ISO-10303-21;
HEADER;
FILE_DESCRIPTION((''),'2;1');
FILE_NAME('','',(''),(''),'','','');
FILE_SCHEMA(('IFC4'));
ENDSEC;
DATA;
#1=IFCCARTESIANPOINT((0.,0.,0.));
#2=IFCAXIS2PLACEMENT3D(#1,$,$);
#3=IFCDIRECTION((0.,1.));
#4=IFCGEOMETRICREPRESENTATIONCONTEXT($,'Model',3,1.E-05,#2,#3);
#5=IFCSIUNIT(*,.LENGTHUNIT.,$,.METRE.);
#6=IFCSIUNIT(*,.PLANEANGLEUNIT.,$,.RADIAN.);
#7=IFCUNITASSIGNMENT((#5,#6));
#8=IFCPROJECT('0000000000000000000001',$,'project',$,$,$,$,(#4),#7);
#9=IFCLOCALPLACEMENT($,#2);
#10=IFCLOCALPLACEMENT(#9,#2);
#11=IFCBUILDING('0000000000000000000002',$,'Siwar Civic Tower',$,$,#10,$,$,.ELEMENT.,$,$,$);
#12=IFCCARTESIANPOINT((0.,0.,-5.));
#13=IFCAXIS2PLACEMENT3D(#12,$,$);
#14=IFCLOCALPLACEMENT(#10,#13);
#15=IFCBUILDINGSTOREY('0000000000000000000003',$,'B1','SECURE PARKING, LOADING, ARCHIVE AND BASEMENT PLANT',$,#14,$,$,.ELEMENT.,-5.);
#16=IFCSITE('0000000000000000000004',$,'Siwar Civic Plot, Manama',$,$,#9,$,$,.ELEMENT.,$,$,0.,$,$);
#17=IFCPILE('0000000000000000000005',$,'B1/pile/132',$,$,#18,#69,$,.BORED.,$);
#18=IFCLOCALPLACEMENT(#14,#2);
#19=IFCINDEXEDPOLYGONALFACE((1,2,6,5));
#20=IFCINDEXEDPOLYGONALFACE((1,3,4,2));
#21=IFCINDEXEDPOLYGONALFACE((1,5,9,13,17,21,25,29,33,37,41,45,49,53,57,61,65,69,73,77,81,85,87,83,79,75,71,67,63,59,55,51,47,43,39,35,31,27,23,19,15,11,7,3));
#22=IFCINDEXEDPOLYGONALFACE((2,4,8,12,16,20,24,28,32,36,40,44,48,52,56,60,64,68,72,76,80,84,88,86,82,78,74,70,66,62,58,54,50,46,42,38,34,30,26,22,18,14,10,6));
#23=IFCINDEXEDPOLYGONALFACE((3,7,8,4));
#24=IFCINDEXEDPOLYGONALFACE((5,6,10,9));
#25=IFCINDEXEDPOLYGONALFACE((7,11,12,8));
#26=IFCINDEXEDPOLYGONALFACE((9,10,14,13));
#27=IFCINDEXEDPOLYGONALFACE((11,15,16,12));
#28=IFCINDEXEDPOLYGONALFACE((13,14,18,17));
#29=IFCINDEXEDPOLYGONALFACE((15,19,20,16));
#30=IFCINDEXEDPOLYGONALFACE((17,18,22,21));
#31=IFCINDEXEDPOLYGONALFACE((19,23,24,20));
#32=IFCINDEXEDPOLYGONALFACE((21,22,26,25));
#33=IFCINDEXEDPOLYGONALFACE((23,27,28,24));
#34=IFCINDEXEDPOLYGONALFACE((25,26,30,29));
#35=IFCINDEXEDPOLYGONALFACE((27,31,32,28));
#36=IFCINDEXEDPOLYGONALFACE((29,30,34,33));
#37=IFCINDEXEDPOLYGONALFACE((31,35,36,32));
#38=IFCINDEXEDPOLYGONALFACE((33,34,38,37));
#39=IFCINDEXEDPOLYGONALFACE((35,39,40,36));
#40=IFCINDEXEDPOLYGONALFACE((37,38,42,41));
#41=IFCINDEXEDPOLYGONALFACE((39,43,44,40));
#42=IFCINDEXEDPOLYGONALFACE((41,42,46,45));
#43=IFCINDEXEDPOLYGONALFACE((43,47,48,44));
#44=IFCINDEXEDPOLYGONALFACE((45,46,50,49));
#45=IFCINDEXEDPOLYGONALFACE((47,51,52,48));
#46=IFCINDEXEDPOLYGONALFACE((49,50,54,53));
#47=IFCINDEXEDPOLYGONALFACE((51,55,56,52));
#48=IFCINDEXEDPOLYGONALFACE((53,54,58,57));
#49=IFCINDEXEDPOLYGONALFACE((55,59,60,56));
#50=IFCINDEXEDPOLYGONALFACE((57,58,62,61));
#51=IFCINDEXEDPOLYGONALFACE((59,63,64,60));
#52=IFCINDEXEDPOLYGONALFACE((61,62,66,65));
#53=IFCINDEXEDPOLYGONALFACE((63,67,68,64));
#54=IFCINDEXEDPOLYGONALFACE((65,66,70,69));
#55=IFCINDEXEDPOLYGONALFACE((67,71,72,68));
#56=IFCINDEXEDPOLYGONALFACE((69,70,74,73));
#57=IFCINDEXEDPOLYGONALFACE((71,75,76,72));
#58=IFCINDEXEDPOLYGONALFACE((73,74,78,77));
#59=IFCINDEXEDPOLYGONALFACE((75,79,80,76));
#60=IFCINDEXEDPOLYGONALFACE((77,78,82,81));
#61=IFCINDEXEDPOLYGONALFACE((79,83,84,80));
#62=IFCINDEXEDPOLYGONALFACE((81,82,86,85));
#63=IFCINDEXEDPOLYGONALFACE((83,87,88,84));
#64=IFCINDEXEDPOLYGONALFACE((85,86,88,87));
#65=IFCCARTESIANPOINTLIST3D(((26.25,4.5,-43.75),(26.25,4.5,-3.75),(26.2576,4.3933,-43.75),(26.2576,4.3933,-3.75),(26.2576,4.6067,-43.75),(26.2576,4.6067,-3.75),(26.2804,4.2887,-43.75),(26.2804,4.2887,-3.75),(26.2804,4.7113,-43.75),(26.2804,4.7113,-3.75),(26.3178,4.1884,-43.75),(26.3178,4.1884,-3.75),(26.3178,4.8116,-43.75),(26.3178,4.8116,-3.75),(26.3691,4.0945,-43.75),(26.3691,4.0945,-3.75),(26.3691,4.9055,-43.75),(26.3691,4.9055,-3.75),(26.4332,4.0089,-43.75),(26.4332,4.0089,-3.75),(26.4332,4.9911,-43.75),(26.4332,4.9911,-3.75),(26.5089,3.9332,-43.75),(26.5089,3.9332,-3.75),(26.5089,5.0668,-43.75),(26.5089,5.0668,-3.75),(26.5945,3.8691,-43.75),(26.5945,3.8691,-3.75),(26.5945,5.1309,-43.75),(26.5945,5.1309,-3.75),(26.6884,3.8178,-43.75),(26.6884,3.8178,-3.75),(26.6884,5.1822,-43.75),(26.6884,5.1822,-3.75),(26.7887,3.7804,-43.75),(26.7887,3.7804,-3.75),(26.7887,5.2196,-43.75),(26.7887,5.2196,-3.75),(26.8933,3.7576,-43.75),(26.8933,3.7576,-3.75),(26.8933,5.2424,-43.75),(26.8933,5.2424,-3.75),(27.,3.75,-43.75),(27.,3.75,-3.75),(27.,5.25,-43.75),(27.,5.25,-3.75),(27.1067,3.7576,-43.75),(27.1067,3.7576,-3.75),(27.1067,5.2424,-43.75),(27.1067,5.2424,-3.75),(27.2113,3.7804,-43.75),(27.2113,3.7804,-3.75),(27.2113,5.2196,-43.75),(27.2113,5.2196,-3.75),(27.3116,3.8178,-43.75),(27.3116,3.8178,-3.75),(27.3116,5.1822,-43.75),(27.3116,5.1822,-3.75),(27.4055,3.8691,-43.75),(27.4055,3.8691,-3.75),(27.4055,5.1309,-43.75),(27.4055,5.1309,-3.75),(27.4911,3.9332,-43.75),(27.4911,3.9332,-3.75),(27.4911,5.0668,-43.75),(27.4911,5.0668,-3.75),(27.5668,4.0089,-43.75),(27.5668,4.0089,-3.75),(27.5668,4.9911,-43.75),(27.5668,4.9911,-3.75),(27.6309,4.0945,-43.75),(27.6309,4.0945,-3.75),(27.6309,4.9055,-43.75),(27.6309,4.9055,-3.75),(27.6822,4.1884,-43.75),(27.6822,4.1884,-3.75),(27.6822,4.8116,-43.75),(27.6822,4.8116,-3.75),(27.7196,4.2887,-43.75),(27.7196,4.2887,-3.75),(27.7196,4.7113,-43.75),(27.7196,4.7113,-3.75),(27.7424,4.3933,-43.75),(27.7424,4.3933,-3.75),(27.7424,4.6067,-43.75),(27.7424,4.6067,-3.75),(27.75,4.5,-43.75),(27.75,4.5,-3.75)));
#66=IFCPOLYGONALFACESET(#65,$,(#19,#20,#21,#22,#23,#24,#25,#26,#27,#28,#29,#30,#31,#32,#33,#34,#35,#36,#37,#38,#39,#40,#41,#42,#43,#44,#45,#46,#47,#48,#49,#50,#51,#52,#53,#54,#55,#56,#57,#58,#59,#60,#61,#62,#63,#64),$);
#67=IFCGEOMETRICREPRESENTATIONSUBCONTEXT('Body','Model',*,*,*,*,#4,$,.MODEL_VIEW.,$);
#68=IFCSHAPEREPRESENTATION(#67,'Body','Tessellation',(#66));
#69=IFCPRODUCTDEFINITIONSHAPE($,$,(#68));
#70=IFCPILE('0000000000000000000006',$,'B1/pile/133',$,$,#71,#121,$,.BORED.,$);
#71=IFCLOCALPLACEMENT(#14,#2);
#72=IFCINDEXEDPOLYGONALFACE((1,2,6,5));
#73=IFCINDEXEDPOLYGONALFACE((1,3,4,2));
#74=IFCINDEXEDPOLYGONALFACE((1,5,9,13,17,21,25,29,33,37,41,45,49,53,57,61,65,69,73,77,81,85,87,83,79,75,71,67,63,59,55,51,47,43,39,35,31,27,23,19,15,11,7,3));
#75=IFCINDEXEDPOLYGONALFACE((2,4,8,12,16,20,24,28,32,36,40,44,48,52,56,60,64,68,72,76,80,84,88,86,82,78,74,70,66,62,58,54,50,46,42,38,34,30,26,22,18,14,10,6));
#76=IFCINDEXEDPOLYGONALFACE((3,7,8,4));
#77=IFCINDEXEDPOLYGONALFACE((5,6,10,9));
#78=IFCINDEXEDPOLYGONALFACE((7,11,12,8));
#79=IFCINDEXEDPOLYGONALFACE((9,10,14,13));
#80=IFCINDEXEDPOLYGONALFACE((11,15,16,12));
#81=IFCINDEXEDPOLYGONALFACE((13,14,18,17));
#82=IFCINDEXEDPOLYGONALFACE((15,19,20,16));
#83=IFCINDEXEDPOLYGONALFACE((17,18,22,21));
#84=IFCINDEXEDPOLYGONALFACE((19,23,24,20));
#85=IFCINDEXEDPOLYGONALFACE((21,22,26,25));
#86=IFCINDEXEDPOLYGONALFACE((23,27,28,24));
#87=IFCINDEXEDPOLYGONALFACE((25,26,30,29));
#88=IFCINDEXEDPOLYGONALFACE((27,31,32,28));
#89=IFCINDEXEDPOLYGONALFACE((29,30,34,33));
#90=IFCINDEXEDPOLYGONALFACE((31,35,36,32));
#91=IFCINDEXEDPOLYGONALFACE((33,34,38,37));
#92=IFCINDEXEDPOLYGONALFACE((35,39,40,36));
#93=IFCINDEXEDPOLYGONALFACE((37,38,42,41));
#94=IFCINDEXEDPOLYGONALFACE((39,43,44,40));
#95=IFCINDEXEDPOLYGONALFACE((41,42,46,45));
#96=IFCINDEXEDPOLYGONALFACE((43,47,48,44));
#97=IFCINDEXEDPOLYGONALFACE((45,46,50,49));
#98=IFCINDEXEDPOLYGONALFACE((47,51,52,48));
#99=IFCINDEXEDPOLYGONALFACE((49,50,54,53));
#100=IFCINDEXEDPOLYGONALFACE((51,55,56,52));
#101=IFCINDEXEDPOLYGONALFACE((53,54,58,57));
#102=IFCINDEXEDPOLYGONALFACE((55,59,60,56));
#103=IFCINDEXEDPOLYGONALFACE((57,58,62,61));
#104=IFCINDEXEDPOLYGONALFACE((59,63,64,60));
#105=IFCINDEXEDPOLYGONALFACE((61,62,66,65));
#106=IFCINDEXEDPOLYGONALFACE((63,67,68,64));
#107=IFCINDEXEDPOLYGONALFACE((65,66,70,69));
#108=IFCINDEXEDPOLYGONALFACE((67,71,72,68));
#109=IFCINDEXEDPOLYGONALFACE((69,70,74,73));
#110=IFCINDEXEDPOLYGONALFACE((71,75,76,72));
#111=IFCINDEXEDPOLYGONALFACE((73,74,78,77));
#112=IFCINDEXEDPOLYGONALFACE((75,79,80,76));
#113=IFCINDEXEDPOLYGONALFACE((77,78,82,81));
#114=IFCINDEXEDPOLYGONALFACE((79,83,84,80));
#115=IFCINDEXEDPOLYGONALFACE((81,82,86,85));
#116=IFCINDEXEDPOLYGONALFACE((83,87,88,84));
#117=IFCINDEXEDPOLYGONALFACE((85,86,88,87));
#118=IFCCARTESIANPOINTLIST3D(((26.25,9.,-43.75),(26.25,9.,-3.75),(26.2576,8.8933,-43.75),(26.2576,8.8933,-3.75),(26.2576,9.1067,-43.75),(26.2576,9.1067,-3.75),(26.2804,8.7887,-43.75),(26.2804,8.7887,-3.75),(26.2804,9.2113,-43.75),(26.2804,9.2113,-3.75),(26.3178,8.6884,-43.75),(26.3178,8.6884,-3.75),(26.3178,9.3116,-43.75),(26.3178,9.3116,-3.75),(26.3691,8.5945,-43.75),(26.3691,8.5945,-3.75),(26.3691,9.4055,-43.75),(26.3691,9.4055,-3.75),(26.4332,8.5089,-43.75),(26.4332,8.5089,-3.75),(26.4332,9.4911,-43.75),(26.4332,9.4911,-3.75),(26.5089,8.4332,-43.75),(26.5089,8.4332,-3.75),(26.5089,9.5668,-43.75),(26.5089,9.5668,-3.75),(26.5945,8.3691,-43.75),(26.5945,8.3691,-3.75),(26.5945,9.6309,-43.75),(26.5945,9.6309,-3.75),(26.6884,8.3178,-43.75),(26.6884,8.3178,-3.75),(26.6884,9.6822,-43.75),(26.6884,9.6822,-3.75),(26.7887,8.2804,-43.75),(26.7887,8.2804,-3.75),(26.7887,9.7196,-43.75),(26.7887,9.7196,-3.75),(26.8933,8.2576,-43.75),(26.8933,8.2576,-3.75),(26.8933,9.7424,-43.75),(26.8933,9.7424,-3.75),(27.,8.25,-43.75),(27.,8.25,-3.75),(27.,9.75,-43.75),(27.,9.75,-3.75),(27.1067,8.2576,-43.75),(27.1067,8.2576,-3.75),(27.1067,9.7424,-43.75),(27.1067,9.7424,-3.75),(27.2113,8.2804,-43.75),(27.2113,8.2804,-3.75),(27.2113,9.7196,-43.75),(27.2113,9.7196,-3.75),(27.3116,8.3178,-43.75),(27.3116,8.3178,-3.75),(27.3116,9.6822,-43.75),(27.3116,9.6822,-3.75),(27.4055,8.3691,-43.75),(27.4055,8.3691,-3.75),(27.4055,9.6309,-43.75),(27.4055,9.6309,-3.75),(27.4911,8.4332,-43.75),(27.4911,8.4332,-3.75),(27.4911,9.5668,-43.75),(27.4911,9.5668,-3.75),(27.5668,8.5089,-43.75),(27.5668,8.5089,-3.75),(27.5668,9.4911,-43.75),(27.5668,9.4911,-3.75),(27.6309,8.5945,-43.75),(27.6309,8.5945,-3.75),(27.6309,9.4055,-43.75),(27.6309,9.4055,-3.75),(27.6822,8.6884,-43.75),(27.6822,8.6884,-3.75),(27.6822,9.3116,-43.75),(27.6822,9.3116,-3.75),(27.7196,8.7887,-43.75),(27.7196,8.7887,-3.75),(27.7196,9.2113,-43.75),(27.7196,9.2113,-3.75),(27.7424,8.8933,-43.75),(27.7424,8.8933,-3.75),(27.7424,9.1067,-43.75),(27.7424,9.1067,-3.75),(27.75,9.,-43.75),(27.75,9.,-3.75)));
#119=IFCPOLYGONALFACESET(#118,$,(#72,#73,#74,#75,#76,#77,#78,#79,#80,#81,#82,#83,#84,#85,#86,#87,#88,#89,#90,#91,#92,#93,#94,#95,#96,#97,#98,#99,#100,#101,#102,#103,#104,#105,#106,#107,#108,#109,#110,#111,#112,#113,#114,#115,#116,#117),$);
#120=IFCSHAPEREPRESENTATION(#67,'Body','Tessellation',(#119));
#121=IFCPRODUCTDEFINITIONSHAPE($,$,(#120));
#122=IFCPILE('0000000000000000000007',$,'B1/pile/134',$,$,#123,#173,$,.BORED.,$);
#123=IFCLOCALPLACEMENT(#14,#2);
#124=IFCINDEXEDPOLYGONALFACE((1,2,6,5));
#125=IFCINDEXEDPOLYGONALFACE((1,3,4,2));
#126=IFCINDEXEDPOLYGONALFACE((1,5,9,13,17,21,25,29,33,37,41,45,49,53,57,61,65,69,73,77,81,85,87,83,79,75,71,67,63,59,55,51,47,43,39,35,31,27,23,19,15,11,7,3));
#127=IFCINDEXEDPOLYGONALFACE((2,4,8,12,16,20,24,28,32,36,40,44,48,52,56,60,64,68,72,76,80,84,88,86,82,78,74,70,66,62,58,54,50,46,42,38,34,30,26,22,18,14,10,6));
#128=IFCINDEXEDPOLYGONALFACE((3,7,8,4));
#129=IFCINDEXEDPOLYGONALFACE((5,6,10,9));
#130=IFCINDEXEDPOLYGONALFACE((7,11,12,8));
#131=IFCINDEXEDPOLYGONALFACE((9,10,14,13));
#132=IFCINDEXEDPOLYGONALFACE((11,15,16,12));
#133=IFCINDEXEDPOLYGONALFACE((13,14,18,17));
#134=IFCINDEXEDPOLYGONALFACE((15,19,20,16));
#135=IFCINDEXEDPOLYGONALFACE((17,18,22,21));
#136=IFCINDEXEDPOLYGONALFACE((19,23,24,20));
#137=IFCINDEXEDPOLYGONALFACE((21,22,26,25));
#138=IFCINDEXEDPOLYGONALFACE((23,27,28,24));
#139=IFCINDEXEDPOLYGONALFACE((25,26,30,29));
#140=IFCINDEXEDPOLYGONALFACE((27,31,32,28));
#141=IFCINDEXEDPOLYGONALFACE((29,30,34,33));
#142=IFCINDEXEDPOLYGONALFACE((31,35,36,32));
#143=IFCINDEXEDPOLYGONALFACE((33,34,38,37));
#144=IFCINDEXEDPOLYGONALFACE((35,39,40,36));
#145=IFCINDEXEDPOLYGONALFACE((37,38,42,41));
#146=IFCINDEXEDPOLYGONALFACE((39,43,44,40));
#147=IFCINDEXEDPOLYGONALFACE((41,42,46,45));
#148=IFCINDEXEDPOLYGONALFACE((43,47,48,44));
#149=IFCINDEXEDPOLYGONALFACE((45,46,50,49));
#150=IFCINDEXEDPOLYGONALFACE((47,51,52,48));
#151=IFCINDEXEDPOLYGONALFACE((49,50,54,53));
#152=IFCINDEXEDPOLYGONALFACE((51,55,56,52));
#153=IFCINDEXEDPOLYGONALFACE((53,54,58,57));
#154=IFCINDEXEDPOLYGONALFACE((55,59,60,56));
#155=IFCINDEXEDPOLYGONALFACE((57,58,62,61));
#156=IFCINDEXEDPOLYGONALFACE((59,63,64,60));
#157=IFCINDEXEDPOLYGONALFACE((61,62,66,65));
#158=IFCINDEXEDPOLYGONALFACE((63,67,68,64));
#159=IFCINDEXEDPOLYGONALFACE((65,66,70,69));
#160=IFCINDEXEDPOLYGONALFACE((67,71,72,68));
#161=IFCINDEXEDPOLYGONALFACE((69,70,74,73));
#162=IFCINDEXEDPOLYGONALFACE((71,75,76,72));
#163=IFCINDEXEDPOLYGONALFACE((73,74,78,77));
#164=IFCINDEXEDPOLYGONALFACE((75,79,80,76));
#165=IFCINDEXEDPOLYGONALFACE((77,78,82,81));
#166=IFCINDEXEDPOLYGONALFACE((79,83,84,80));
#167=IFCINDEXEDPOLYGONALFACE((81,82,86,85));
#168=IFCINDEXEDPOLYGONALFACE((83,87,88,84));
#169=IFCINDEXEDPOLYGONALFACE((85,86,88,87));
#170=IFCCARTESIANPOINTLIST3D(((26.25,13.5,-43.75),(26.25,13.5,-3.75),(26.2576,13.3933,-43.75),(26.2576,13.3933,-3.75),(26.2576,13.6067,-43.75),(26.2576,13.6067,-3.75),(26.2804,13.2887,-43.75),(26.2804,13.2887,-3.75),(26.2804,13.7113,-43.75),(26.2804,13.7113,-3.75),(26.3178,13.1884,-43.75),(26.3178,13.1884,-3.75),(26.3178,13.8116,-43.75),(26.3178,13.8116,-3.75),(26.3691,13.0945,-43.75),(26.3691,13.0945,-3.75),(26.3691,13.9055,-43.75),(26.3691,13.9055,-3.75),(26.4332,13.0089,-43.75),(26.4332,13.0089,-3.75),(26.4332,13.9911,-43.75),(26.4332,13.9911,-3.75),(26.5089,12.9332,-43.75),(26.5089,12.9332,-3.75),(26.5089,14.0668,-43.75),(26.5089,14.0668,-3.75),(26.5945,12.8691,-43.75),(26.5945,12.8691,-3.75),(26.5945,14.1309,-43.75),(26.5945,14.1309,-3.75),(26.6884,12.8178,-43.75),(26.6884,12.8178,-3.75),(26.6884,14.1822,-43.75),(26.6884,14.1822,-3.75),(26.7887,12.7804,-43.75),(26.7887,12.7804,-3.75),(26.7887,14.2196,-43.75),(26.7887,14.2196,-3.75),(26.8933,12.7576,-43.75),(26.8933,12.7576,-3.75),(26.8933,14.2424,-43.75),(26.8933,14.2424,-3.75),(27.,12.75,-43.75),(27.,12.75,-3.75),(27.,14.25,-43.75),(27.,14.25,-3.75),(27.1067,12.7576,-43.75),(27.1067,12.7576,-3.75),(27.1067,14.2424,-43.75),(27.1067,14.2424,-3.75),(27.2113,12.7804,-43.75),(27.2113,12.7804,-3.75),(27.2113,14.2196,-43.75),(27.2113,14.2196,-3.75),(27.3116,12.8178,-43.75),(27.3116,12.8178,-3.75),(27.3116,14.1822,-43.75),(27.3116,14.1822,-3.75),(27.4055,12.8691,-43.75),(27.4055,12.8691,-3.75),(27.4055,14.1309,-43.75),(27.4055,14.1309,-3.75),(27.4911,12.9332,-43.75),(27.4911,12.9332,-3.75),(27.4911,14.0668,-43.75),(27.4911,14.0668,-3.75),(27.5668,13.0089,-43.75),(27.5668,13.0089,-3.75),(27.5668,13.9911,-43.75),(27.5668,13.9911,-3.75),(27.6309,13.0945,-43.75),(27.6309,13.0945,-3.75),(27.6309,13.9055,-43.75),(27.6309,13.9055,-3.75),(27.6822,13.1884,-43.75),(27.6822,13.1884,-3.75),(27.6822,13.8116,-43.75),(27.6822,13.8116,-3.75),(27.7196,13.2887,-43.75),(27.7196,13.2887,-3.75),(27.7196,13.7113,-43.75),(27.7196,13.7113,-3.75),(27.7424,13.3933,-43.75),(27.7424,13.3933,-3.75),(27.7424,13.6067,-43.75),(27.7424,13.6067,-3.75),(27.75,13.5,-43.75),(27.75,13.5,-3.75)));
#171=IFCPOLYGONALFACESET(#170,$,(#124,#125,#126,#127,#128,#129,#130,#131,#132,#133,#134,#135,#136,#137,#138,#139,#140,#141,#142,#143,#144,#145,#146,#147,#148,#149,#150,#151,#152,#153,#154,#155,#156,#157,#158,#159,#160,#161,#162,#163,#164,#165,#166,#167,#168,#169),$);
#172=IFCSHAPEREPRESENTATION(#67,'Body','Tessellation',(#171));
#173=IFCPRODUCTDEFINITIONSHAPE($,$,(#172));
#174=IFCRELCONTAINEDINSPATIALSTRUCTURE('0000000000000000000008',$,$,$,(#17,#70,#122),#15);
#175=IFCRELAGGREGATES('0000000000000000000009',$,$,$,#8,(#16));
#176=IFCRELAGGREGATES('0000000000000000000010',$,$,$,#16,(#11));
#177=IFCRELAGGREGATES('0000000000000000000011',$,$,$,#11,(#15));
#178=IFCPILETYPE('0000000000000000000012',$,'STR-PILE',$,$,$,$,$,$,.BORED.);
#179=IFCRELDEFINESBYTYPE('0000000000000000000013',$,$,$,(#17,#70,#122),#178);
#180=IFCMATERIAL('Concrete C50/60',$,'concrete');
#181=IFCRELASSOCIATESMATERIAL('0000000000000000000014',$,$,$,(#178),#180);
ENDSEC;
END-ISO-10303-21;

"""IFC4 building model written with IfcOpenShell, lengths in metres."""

from ifc_helpers import new_model, si_unit, direction, frame, origin, origin_2d, place, context, subcontext, project, spatial, circle, extrude, material, material_profile, profile_set, type_object, element, save


model = new_model("IFC4")

# Units and contexts
model_context = context("Model", 3, precision=1e-05, world=origin(), true_north=direction((0.0, 1.0)))
body_context = subcontext(model_context, "Body", "Model", "MODEL_VIEW")
ifc_project = project(units=[si_unit("LENGTHUNIT", "METRE"), si_unit("PLANEANGLEUNIT", "RADIAN")], contexts=[model_context])

# Site, building, storey
site_placement = place(None, origin())
site = spatial("IfcSite", under=ifc_project, at=site_placement, Name="Siwar Civic Plot, Manama", CompositionType="ELEMENT", RefElevation=0.0)
building_placement = place(site_placement, origin())
building = spatial("IfcBuilding", under=site, at=building_placement, Name="Siwar Civic Tower", CompositionType="ELEMENT")
storey_placement = place(building_placement, frame((0.0, 0.0, -5.0)))
storey = spatial("IfcBuildingStorey", under=building, at=storey_placement, Name="B1", Description="SECURE PARKING, LOADING, ARCHIVE AND BASEMENT PLANT", CompositionType="ELEMENT", Elevation=-5.0)

# Piles
ifc_material_1 = material(Name="Concrete C50/60", Category="concrete")
ifc_material_profile_1 = material_profile(ifc_material_1, circle(Radius=0.75, at=origin_2d()), Name="PILE1500")
ifc_profile_set_1 = profile_set([ifc_material_profile_1], Name="Concrete C50/60")
pile_type = type_object("IfcPileType", Name="STR-PILE", PredefinedType="BORED", material=ifc_profile_set_1)
for number, where, z_axis, x_axis, name in (
    (1, (27.0, 4.5, -3.75), (0.0, 0.0, -1.0), (1.0, 0.0, 0.0), "B1/pile/132"),
    (2, (27.0, 9.0, -3.75), (0.0, 0.0, -1.0), (1.0, 0.0, 0.0), "B1/pile/133"),
    (3, (27.0, 13.5, -3.75), (0.0, 0.0, -1.0), (1.0, 0.0, 0.0), "B1/pile/134"),
):
    element("IfcPile", number, at=place(storey_placement, frame(where, z_axis=z_axis, x_axis=x_axis)), inside=storey, type_object=pile_type, Name=name, PredefinedType="BORED", context=body_context, shape_type="SweptSolid", body=[
        extrude(circle(Radius=0.75, at=origin_2d()), origin(), (0.0, 0.0, 1.0), 40.0),
    ])

save(model, "model.ifc")
